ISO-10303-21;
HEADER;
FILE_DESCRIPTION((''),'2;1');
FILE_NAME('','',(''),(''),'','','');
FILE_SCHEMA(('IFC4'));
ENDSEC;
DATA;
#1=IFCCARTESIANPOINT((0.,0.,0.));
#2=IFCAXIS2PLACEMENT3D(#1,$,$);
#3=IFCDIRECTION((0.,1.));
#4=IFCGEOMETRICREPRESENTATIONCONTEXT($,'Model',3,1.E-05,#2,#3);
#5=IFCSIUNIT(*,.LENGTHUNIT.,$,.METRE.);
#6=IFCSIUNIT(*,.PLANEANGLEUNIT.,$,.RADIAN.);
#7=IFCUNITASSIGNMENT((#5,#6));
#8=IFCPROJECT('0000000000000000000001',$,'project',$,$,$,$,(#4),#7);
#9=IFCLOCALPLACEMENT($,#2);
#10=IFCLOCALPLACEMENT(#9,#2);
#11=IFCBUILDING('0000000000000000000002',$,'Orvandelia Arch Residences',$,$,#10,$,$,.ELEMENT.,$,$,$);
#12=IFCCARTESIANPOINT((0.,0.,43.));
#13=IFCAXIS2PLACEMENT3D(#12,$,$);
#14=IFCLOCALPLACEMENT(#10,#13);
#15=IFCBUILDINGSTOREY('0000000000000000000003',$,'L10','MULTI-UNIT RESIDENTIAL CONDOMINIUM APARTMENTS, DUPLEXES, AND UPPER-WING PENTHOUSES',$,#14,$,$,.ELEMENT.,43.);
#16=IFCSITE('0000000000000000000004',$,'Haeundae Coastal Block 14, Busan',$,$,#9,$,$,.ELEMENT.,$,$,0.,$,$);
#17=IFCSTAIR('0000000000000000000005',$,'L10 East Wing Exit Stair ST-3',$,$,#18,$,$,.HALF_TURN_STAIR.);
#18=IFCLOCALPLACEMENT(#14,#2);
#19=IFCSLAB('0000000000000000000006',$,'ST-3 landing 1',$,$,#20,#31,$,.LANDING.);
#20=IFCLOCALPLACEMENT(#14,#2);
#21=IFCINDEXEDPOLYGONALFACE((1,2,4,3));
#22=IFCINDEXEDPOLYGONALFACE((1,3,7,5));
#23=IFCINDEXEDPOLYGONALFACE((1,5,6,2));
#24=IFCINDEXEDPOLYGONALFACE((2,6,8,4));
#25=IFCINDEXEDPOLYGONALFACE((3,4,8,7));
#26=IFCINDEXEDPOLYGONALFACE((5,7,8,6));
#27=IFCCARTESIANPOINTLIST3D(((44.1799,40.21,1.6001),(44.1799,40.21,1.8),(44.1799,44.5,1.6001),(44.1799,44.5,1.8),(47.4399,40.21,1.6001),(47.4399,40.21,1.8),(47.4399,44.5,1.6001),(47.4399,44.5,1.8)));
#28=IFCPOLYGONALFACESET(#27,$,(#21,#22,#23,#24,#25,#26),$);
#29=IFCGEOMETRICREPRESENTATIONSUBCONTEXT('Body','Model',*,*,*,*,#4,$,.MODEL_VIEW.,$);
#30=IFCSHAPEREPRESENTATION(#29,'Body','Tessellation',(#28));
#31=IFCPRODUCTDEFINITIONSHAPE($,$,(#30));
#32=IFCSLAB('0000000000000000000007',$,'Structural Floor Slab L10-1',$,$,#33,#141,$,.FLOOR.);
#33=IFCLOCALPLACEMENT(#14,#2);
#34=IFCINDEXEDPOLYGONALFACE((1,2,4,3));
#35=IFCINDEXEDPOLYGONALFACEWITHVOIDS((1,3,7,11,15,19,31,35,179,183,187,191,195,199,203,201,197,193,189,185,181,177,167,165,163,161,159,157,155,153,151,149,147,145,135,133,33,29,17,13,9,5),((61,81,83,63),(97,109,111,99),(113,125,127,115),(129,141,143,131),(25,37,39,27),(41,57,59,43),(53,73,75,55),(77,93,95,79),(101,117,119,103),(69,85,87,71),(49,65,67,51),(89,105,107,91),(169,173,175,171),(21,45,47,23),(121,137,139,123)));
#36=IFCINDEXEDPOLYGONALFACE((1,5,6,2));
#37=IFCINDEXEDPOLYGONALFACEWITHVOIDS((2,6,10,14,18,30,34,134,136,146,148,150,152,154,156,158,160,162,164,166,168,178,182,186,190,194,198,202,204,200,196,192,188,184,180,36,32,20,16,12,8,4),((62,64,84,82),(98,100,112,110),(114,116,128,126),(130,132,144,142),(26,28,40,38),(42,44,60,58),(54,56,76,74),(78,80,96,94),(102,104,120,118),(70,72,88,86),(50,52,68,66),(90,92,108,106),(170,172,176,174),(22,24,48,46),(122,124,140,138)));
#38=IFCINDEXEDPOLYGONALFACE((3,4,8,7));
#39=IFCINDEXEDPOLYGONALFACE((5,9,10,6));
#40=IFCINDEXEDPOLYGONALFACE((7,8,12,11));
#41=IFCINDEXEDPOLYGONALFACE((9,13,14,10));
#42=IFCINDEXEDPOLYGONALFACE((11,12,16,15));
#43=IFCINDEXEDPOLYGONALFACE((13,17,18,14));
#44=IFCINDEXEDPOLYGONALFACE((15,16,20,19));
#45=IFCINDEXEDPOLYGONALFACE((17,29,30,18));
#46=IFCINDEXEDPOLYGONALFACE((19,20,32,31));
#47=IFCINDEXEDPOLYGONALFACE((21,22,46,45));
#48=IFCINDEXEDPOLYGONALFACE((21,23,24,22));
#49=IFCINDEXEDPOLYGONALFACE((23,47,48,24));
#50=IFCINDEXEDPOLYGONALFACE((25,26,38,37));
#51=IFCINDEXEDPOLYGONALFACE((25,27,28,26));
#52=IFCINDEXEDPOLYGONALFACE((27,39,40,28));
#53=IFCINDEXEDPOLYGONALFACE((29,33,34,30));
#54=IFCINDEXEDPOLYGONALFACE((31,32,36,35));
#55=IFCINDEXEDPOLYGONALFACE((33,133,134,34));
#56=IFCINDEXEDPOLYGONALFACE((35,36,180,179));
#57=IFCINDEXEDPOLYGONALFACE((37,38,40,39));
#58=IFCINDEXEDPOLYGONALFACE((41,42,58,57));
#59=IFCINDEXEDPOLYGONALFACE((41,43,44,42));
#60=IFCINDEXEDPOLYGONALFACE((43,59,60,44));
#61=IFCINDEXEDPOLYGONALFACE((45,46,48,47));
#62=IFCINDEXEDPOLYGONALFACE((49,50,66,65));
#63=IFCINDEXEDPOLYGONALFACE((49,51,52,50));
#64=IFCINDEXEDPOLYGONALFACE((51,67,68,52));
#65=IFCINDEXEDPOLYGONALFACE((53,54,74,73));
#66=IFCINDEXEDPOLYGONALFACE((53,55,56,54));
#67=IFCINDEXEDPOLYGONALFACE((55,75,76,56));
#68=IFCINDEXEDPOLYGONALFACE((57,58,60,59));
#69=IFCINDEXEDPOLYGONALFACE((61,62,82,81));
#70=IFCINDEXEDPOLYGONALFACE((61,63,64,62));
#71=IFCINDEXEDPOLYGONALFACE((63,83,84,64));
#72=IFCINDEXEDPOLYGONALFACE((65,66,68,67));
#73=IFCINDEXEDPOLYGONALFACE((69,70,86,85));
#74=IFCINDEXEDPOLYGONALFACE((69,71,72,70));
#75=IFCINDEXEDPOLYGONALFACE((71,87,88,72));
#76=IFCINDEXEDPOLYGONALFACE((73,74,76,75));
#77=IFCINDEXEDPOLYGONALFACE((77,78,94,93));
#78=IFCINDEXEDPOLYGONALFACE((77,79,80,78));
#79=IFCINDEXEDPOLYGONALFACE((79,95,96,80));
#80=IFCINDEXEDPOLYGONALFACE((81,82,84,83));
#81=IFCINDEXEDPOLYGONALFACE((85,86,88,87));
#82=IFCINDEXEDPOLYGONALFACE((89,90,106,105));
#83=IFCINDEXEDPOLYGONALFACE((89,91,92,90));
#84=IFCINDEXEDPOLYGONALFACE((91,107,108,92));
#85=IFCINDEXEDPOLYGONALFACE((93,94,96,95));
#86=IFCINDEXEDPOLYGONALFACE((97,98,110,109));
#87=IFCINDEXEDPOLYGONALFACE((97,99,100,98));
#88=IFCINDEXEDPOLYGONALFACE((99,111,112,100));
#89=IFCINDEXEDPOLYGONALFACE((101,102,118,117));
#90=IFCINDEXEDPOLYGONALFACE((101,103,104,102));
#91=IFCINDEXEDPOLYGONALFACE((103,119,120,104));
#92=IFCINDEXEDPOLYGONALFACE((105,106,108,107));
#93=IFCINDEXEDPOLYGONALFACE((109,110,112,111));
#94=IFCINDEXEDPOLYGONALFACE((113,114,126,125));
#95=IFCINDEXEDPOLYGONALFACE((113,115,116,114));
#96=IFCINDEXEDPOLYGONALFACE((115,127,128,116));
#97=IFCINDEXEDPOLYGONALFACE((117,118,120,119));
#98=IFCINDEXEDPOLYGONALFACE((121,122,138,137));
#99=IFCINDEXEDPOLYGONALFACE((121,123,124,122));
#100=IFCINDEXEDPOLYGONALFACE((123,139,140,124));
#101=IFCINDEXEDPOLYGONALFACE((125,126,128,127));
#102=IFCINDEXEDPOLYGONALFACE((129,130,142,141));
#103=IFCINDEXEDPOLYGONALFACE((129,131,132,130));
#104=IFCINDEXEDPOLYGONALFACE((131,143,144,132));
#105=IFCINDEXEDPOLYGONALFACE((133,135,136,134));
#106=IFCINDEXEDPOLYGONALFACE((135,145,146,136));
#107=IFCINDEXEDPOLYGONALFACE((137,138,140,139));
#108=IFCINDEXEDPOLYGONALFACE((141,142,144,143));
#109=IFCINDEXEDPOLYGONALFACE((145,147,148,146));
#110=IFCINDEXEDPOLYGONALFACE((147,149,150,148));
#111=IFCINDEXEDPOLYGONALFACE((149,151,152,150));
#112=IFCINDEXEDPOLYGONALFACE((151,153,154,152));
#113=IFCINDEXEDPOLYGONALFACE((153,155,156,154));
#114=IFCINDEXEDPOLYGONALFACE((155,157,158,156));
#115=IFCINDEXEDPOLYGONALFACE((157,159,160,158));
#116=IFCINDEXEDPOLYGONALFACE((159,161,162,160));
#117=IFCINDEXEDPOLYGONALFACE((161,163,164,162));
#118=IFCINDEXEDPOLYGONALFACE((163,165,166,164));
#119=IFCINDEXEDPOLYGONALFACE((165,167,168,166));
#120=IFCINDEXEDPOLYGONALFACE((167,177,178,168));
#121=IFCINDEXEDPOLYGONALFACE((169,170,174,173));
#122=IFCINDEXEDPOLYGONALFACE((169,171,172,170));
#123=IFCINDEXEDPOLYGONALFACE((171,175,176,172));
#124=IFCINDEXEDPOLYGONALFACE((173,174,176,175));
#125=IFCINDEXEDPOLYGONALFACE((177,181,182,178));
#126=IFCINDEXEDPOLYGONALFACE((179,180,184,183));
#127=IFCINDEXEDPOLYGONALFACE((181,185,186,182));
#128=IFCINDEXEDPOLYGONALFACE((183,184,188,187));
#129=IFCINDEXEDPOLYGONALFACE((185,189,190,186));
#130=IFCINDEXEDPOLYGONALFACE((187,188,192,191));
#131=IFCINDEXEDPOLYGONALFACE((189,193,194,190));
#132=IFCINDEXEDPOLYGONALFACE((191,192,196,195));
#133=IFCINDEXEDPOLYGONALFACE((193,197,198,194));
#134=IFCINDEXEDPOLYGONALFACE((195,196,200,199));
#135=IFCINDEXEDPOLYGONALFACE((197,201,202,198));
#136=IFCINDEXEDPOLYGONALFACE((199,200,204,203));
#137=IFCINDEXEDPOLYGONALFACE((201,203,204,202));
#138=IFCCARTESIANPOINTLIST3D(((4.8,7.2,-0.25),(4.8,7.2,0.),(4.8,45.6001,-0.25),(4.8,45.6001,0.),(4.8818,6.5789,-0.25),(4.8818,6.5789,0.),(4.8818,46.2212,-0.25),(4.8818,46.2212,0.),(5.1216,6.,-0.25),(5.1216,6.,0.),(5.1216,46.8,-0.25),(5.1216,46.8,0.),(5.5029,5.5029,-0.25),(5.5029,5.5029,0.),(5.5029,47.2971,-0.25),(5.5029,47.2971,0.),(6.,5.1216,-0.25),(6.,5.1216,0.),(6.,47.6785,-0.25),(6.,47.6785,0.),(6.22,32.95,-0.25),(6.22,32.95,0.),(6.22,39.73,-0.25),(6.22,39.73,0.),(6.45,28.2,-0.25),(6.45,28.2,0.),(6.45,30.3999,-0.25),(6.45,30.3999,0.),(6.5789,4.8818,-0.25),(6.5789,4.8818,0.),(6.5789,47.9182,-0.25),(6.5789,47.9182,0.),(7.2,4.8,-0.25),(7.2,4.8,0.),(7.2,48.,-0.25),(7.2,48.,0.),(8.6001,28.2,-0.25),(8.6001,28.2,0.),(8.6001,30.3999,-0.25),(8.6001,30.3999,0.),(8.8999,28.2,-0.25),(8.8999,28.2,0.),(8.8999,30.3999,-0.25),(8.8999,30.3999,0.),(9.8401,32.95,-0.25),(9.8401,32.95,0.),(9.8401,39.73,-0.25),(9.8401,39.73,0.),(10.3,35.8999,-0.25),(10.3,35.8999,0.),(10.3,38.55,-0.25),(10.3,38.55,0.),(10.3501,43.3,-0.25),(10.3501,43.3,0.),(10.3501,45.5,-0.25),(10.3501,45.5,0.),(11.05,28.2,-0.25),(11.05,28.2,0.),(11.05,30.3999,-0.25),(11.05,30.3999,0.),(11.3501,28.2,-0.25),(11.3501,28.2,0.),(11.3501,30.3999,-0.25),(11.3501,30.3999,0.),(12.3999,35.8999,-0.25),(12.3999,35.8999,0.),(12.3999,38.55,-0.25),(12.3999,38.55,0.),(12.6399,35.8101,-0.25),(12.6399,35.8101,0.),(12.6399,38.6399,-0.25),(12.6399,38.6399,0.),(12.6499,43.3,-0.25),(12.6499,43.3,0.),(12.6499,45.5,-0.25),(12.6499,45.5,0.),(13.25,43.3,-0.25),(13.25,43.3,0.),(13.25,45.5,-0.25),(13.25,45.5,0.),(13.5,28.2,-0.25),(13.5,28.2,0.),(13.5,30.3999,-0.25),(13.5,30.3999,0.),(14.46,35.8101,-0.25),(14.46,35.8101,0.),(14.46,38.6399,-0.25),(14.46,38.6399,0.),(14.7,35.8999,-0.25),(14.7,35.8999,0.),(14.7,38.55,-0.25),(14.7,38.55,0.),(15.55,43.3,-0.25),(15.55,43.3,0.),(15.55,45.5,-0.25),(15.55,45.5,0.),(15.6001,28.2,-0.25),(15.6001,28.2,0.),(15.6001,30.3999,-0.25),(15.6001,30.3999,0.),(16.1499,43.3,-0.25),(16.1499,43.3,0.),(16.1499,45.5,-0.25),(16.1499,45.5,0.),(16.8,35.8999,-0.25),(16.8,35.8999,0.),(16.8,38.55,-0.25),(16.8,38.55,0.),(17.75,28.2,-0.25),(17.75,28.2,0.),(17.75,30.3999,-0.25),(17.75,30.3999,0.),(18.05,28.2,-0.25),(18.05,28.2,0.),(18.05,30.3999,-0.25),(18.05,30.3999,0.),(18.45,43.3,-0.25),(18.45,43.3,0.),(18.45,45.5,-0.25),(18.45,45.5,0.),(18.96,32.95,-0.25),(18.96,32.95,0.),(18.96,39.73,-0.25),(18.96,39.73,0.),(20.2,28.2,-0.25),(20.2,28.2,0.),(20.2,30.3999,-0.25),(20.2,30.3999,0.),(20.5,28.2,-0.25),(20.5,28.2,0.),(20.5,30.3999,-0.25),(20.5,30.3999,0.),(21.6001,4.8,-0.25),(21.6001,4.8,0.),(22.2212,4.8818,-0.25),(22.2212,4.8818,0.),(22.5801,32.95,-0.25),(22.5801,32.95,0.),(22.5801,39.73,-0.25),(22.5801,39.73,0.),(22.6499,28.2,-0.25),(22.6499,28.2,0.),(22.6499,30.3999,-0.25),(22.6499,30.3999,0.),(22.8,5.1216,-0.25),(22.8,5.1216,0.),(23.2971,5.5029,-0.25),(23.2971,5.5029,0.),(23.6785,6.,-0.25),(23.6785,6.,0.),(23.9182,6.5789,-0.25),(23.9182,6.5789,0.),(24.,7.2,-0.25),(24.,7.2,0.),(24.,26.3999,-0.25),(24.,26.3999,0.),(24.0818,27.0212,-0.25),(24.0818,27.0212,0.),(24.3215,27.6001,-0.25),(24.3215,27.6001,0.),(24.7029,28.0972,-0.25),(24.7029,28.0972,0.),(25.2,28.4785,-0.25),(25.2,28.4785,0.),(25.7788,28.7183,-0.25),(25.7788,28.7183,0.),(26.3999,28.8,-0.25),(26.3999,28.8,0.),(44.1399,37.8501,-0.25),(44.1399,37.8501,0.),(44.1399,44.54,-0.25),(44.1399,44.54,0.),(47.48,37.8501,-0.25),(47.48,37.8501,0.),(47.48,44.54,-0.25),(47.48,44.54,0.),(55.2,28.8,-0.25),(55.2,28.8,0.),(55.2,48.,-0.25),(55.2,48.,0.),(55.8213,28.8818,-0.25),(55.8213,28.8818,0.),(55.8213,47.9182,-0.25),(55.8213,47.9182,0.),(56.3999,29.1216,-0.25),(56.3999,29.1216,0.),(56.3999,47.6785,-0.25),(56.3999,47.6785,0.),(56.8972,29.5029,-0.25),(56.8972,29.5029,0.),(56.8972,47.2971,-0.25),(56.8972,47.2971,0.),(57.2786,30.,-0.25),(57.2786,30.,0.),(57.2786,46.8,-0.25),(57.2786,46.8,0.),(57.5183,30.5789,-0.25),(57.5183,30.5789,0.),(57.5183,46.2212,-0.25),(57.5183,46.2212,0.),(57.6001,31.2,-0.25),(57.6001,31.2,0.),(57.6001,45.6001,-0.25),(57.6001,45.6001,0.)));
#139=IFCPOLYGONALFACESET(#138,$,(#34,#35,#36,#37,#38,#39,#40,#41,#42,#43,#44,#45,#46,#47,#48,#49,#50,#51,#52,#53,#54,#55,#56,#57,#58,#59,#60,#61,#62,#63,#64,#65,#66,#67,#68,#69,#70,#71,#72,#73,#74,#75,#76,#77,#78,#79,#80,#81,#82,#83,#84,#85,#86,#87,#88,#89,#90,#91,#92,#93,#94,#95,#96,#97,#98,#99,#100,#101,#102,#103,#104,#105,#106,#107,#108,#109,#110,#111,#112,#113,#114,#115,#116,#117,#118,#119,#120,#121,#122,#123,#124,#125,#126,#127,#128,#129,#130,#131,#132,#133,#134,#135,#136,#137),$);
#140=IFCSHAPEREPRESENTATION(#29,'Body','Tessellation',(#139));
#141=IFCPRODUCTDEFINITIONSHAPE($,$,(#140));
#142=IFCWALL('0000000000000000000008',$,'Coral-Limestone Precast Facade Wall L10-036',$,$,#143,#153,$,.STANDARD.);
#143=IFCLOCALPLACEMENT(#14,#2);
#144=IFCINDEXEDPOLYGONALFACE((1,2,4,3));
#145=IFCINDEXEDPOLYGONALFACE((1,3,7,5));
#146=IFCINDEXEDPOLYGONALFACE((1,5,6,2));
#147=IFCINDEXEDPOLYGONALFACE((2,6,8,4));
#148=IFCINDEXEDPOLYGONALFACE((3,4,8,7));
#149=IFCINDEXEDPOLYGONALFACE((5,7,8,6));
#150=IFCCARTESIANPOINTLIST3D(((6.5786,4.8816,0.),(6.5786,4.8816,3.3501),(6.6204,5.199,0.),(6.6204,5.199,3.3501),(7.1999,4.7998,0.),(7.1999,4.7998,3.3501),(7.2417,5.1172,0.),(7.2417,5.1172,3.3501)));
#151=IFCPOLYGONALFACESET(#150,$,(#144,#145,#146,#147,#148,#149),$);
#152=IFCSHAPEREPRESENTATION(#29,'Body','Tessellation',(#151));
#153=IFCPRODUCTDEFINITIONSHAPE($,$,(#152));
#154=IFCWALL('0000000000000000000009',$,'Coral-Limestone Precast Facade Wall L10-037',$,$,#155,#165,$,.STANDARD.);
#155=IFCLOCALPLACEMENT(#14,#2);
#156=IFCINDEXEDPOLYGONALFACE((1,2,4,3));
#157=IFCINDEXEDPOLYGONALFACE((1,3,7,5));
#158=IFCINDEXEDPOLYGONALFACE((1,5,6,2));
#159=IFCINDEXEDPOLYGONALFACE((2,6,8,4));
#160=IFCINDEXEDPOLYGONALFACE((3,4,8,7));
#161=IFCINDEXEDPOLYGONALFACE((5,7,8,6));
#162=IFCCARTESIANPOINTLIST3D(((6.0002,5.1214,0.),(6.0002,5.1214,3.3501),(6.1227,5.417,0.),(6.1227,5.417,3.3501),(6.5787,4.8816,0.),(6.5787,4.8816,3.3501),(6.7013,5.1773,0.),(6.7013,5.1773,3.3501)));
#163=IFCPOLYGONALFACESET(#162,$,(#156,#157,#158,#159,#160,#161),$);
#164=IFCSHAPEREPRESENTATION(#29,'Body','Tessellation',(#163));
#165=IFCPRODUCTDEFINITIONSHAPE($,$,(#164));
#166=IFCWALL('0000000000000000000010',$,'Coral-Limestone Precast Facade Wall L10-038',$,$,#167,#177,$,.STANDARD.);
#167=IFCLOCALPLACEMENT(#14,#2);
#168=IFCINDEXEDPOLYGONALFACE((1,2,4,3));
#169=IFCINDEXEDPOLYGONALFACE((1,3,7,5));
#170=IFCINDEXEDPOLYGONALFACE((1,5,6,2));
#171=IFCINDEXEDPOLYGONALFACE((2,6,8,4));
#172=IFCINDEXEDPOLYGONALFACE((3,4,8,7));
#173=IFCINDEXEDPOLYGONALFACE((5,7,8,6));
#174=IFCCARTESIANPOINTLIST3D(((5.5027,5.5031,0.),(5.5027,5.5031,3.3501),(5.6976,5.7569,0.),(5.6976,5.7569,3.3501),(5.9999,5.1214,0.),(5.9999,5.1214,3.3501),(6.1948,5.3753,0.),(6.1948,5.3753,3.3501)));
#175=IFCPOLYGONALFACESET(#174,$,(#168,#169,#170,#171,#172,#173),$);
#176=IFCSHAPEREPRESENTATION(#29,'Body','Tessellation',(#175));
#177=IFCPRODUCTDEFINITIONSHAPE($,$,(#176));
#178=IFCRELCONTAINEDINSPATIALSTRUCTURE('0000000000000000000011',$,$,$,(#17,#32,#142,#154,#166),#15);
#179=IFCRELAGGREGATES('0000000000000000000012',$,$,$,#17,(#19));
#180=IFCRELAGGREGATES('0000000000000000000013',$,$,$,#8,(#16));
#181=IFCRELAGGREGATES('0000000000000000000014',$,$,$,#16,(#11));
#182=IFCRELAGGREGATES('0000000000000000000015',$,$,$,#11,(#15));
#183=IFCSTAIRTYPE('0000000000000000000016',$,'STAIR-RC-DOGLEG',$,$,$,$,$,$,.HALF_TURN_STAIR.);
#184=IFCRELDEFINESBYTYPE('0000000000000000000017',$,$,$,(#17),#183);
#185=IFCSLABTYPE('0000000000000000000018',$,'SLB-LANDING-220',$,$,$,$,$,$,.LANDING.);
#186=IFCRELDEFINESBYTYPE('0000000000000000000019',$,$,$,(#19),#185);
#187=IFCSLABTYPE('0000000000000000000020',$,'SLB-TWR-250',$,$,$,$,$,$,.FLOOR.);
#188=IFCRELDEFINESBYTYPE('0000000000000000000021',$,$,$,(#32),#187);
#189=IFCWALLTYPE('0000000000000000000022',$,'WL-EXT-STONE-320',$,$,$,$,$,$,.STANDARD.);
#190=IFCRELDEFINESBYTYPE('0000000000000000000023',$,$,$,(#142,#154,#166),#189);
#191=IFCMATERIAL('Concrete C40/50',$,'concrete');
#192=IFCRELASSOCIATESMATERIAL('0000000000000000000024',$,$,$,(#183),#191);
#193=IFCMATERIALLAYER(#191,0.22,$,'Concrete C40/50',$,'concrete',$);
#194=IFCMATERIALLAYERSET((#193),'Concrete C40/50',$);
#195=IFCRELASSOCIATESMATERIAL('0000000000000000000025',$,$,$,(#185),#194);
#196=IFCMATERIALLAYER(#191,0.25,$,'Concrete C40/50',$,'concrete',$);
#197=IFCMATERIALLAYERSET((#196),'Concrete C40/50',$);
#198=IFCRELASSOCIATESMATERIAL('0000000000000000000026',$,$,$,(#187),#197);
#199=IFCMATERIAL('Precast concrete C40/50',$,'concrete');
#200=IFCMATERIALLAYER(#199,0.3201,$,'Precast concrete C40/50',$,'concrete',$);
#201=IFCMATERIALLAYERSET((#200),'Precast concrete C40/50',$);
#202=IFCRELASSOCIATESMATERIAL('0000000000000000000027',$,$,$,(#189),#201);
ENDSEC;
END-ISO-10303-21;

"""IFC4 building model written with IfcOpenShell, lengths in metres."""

from ifc_helpers import new_model, si_unit, direction, frame, frame_2d, origin, place, context, subcontext, project, spatial, polyline, rectangle, outline, extrude, material, layer, layer_set, type_object, element, aggregate, save


model = new_model("IFC4")

# Units and contexts
model_context = context("Model", 3, precision=1e-05, world=origin(), true_north=direction((0.0, 1.0)))
body_context = subcontext(model_context, "Body", "Model", "MODEL_VIEW")
ifc_project = project(units=[si_unit("LENGTHUNIT", "METRE"), si_unit("PLANEANGLEUNIT", "RADIAN")], contexts=[model_context])

# Site, building, storey
site_placement = place(None, origin())
site = spatial("IfcSite", under=ifc_project, at=site_placement, Name="Haeundae Coastal Block 14, Busan", CompositionType="ELEMENT", RefElevation=0.0)
building_placement = place(site_placement, origin())
building = spatial("IfcBuilding", under=site, at=building_placement, Name="Orvandelia Arch Residences", CompositionType="ELEMENT")
storey_placement = place(building_placement, frame((0.0, 0.0, 43.0)))
storey = spatial("IfcBuildingStorey", under=building, at=storey_placement, Name="L10", Description="MULTI-UNIT RESIDENTIAL CONDOMINIUM APARTMENTS, DUPLEXES, AND UPPER-WING PENTHOUSES", CompositionType="ELEMENT", Elevation=43.0)

# Shared definitions
ifc_material_1 = material(Name="Precast concrete C40/50", Category="concrete")

# Stair, slab
ifc_material_2 = material(Name="Concrete C40/50", Category="concrete")
stair_type = type_object("IfcStairType", Name="STAIR-RC-DOGLEG", PredefinedType="HALF_TURN_STAIR", material=ifc_material_2)
ifc_layer_1 = layer(ifc_material_2, 0.22, Name="Concrete C40/50", Category="concrete")
ifc_layer_set_1 = layer_set([ifc_layer_1], Name="Concrete C40/50")
slab_type_1 = type_object("IfcSlabType", Name="SLB-LANDING-220", PredefinedType="LANDING", material=ifc_layer_set_1)
stair_1_placement = place(storey_placement, origin())
stair_1 = element("IfcStair", 1, at=stair_1_placement, inside=storey, type_object=stair_type, Name="L10 East Wing Exit Stair ST-3", PredefinedType="HALF_TURN_STAIR")
slab_1_placement = place(storey_placement, frame((0.0, 0.0, 1.6001)))
slab_1 = element("IfcSlab", 2, at=slab_1_placement, type_object=slab_type_1, Name="ST-3 landing 1", PredefinedType="LANDING", context=body_context, shape_type="SweptSolid", body=[
    extrude(outline(polyline([(47.4399, 40.21), (47.4399, 44.5), (44.1799, 44.5), (44.1799, 40.21), (47.4399, 40.21)])), origin(), (0.0, 0.0, 1.0), 0.2),
])
aggregate(stair_1, [slab_1])

# Slab
ifc_layer_2 = layer(ifc_material_2, 0.25, Name="Concrete C40/50", Category="concrete")
ifc_layer_set_2 = layer_set([ifc_layer_2], Name="Concrete C40/50")
slab_type_2 = type_object("IfcSlabType", Name="SLB-TWR-250", PredefinedType="FLOOR", material=ifc_layer_set_2)
slab_2_placement = place(storey_placement, frame((0.0, 0.0, -0.25)))
element("IfcSlab", 3, at=slab_2_placement, inside=storey, type_object=slab_type_2, Name="Structural Floor Slab L10-1", PredefinedType="FLOOR", context=body_context, shape_type="SweptSolid", body=[
    extrude(outline(polyline([(4.8, 7.2), (4.8818, 6.5789), (5.1216, 6.0), (5.5029, 5.5029), (6.0, 5.1216), (6.5789, 4.8818), (7.2, 4.8), (21.6001, 4.8), (22.2212, 4.8818), (22.8, 5.1216), (23.2971, 5.5029), (23.6785, 6.0), (23.9182, 6.5789), (24.0, 7.2), (24.0, 26.3999), (24.0818, 27.0212), (24.3215, 27.6001), (24.7029, 28.0972), (25.2, 28.4785), (25.7788, 28.7183), (26.3999, 28.8), (55.2, 28.8), (55.8213, 28.8818), (56.3999, 29.1216), (56.8972, 29.5029), (57.2786, 30.0), (57.5183, 30.5789), (57.6001, 31.2), (57.6001, 45.6001), (57.5183, 46.2212), (57.2786, 46.8), (56.8972, 47.2971), (56.3999, 47.6785), (55.8213, 47.9182), (55.2, 48.0), (7.2, 48.0), (6.5789, 47.9182), (6.0, 47.6785), (5.5029, 47.2971), (5.1216, 46.8), (4.8818, 46.2212), (4.8, 45.6001), (4.8, 7.2)]), holes=[polyline([(6.22, 32.95), (9.8401, 32.95), (9.8401, 39.73), (6.22, 39.73), (6.22, 32.95)]), polyline([(18.96, 32.95), (22.5801, 32.95), (22.5801, 39.73), (18.96, 39.73), (18.96, 32.95)]), polyline([(44.1399, 37.8501), (47.48, 37.8501), (47.48, 44.54), (44.1399, 44.54), (44.1399, 37.8501)]), polyline([(12.6399, 35.8101), (14.46, 35.8101), (14.46, 38.6399), (12.6399, 38.6399), (12.6399, 35.8101)]), polyline([(10.3, 35.8999), (12.3999, 35.8999), (12.3999, 38.55), (10.3, 38.55), (10.3, 35.8999)]), polyline([(14.7, 35.8999), (16.8, 35.8999), (16.8, 38.55), (14.7, 38.55), (14.7, 35.8999)]), polyline([(10.3501, 43.3), (12.6499, 43.3), (12.6499, 45.5), (10.3501, 45.5), (10.3501, 43.3)]), polyline([(13.25, 43.3), (15.55, 43.3), (15.55, 45.5), (13.25, 45.5), (13.25, 43.3)]), polyline([(16.1499, 43.3), (18.45, 43.3), (18.45, 45.5), (16.1499, 45.5), (16.1499, 43.3)]), polyline([(6.45, 28.2), (8.6001, 28.2), (8.6001, 30.3999), (6.45, 30.3999), (6.45, 28.2)]), polyline([(8.8999, 28.2), (11.05, 28.2), (11.05, 30.3999), (8.8999, 30.3999), (8.8999, 28.2)]), polyline([(11.3501, 28.2), (13.5, 28.2), (13.5, 30.3999), (11.3501, 30.3999), (11.3501, 28.2)]), polyline([(15.6001, 28.2), (17.75, 28.2), (17.75, 30.3999), (15.6001, 30.3999), (15.6001, 28.2)]), polyline([(18.05, 28.2), (20.2, 28.2), (20.2, 30.3999), (18.05, 30.3999), (18.05, 28.2)]), polyline([(20.5, 28.2), (22.6499, 28.2), (22.6499, 30.3999), (20.5, 30.3999), (20.5, 28.2)])]), origin(), (0.0, 0.0, 1.0), 0.25),
])

# Walls
ifc_layer_3 = layer(ifc_material_1, 0.3201, Name="Precast concrete C40/50", Category="concrete")
ifc_layer_set_3 = layer_set([ifc_layer_3], Name="Precast concrete C40/50")
wall_type_1 = type_object("IfcWallType", Name="WL-EXT-STONE-320", PredefinedType="STANDARD", material=ifc_layer_set_3)
wall_1_placement = place(storey_placement, frame((7.2209, 4.9585, 0.0), z_axis=(0.0, 0.0, 1.0), x_axis=(-0.991448, 0.130505, 0.0)))
element("IfcWall", 4, at=wall_1_placement, inside=storey, type_object=wall_type_1, Name="Coral-Limestone Precast Facade Wall L10-036", PredefinedType="STANDARD", context=body_context, shape_type="SweptSolid", body=[
    extrude(rectangle(XDim=0.6267, YDim=0.3201, at=frame_2d((0.3135, 0.0))), origin(), (0.0, 0.0, 1.0), 3.3501),
])
wall_2_placement = place(storey_placement, frame((6.6399, 5.0295, 0.0), z_axis=(0.0, 0.0, 1.0), x_axis=(-0.923836, 0.382788, 0.0)))
element("IfcWall", 5, at=wall_2_placement, inside=storey, type_object=wall_type_1, Name="Coral-Limestone Precast Facade Wall L10-037", PredefinedType="STANDARD", context=body_context, shape_type="SweptSolid", body=[
    extrude(rectangle(XDim=0.6262, YDim=0.3201, at=frame_2d((0.313, 0.0))), origin(), (0.0, 0.0, 1.0), 3.3501),
])
for number, where, z_axis, x_axis, name in (
    (6, (6.0974, 5.2483, 0.0), (0.0, 0.0, 1.0), (-0.793217, 0.608939, 0.0), "Coral-Limestone Precast Facade Wall L10-038"),
):
    element("IfcWall", number, at=place(storey_placement, frame(where, z_axis=z_axis, x_axis=x_axis)), inside=storey, type_object=wall_type_1, Name=name, PredefinedType="STANDARD", context=body_context, shape_type="SweptSolid", body=[
        extrude(rectangle(XDim=0.6267, YDim=0.3201, at=frame_2d((0.3135, 0.0))), origin(), (0.0, 0.0, 1.0), 3.3501),
    ])

save(model, "model.ifc")
